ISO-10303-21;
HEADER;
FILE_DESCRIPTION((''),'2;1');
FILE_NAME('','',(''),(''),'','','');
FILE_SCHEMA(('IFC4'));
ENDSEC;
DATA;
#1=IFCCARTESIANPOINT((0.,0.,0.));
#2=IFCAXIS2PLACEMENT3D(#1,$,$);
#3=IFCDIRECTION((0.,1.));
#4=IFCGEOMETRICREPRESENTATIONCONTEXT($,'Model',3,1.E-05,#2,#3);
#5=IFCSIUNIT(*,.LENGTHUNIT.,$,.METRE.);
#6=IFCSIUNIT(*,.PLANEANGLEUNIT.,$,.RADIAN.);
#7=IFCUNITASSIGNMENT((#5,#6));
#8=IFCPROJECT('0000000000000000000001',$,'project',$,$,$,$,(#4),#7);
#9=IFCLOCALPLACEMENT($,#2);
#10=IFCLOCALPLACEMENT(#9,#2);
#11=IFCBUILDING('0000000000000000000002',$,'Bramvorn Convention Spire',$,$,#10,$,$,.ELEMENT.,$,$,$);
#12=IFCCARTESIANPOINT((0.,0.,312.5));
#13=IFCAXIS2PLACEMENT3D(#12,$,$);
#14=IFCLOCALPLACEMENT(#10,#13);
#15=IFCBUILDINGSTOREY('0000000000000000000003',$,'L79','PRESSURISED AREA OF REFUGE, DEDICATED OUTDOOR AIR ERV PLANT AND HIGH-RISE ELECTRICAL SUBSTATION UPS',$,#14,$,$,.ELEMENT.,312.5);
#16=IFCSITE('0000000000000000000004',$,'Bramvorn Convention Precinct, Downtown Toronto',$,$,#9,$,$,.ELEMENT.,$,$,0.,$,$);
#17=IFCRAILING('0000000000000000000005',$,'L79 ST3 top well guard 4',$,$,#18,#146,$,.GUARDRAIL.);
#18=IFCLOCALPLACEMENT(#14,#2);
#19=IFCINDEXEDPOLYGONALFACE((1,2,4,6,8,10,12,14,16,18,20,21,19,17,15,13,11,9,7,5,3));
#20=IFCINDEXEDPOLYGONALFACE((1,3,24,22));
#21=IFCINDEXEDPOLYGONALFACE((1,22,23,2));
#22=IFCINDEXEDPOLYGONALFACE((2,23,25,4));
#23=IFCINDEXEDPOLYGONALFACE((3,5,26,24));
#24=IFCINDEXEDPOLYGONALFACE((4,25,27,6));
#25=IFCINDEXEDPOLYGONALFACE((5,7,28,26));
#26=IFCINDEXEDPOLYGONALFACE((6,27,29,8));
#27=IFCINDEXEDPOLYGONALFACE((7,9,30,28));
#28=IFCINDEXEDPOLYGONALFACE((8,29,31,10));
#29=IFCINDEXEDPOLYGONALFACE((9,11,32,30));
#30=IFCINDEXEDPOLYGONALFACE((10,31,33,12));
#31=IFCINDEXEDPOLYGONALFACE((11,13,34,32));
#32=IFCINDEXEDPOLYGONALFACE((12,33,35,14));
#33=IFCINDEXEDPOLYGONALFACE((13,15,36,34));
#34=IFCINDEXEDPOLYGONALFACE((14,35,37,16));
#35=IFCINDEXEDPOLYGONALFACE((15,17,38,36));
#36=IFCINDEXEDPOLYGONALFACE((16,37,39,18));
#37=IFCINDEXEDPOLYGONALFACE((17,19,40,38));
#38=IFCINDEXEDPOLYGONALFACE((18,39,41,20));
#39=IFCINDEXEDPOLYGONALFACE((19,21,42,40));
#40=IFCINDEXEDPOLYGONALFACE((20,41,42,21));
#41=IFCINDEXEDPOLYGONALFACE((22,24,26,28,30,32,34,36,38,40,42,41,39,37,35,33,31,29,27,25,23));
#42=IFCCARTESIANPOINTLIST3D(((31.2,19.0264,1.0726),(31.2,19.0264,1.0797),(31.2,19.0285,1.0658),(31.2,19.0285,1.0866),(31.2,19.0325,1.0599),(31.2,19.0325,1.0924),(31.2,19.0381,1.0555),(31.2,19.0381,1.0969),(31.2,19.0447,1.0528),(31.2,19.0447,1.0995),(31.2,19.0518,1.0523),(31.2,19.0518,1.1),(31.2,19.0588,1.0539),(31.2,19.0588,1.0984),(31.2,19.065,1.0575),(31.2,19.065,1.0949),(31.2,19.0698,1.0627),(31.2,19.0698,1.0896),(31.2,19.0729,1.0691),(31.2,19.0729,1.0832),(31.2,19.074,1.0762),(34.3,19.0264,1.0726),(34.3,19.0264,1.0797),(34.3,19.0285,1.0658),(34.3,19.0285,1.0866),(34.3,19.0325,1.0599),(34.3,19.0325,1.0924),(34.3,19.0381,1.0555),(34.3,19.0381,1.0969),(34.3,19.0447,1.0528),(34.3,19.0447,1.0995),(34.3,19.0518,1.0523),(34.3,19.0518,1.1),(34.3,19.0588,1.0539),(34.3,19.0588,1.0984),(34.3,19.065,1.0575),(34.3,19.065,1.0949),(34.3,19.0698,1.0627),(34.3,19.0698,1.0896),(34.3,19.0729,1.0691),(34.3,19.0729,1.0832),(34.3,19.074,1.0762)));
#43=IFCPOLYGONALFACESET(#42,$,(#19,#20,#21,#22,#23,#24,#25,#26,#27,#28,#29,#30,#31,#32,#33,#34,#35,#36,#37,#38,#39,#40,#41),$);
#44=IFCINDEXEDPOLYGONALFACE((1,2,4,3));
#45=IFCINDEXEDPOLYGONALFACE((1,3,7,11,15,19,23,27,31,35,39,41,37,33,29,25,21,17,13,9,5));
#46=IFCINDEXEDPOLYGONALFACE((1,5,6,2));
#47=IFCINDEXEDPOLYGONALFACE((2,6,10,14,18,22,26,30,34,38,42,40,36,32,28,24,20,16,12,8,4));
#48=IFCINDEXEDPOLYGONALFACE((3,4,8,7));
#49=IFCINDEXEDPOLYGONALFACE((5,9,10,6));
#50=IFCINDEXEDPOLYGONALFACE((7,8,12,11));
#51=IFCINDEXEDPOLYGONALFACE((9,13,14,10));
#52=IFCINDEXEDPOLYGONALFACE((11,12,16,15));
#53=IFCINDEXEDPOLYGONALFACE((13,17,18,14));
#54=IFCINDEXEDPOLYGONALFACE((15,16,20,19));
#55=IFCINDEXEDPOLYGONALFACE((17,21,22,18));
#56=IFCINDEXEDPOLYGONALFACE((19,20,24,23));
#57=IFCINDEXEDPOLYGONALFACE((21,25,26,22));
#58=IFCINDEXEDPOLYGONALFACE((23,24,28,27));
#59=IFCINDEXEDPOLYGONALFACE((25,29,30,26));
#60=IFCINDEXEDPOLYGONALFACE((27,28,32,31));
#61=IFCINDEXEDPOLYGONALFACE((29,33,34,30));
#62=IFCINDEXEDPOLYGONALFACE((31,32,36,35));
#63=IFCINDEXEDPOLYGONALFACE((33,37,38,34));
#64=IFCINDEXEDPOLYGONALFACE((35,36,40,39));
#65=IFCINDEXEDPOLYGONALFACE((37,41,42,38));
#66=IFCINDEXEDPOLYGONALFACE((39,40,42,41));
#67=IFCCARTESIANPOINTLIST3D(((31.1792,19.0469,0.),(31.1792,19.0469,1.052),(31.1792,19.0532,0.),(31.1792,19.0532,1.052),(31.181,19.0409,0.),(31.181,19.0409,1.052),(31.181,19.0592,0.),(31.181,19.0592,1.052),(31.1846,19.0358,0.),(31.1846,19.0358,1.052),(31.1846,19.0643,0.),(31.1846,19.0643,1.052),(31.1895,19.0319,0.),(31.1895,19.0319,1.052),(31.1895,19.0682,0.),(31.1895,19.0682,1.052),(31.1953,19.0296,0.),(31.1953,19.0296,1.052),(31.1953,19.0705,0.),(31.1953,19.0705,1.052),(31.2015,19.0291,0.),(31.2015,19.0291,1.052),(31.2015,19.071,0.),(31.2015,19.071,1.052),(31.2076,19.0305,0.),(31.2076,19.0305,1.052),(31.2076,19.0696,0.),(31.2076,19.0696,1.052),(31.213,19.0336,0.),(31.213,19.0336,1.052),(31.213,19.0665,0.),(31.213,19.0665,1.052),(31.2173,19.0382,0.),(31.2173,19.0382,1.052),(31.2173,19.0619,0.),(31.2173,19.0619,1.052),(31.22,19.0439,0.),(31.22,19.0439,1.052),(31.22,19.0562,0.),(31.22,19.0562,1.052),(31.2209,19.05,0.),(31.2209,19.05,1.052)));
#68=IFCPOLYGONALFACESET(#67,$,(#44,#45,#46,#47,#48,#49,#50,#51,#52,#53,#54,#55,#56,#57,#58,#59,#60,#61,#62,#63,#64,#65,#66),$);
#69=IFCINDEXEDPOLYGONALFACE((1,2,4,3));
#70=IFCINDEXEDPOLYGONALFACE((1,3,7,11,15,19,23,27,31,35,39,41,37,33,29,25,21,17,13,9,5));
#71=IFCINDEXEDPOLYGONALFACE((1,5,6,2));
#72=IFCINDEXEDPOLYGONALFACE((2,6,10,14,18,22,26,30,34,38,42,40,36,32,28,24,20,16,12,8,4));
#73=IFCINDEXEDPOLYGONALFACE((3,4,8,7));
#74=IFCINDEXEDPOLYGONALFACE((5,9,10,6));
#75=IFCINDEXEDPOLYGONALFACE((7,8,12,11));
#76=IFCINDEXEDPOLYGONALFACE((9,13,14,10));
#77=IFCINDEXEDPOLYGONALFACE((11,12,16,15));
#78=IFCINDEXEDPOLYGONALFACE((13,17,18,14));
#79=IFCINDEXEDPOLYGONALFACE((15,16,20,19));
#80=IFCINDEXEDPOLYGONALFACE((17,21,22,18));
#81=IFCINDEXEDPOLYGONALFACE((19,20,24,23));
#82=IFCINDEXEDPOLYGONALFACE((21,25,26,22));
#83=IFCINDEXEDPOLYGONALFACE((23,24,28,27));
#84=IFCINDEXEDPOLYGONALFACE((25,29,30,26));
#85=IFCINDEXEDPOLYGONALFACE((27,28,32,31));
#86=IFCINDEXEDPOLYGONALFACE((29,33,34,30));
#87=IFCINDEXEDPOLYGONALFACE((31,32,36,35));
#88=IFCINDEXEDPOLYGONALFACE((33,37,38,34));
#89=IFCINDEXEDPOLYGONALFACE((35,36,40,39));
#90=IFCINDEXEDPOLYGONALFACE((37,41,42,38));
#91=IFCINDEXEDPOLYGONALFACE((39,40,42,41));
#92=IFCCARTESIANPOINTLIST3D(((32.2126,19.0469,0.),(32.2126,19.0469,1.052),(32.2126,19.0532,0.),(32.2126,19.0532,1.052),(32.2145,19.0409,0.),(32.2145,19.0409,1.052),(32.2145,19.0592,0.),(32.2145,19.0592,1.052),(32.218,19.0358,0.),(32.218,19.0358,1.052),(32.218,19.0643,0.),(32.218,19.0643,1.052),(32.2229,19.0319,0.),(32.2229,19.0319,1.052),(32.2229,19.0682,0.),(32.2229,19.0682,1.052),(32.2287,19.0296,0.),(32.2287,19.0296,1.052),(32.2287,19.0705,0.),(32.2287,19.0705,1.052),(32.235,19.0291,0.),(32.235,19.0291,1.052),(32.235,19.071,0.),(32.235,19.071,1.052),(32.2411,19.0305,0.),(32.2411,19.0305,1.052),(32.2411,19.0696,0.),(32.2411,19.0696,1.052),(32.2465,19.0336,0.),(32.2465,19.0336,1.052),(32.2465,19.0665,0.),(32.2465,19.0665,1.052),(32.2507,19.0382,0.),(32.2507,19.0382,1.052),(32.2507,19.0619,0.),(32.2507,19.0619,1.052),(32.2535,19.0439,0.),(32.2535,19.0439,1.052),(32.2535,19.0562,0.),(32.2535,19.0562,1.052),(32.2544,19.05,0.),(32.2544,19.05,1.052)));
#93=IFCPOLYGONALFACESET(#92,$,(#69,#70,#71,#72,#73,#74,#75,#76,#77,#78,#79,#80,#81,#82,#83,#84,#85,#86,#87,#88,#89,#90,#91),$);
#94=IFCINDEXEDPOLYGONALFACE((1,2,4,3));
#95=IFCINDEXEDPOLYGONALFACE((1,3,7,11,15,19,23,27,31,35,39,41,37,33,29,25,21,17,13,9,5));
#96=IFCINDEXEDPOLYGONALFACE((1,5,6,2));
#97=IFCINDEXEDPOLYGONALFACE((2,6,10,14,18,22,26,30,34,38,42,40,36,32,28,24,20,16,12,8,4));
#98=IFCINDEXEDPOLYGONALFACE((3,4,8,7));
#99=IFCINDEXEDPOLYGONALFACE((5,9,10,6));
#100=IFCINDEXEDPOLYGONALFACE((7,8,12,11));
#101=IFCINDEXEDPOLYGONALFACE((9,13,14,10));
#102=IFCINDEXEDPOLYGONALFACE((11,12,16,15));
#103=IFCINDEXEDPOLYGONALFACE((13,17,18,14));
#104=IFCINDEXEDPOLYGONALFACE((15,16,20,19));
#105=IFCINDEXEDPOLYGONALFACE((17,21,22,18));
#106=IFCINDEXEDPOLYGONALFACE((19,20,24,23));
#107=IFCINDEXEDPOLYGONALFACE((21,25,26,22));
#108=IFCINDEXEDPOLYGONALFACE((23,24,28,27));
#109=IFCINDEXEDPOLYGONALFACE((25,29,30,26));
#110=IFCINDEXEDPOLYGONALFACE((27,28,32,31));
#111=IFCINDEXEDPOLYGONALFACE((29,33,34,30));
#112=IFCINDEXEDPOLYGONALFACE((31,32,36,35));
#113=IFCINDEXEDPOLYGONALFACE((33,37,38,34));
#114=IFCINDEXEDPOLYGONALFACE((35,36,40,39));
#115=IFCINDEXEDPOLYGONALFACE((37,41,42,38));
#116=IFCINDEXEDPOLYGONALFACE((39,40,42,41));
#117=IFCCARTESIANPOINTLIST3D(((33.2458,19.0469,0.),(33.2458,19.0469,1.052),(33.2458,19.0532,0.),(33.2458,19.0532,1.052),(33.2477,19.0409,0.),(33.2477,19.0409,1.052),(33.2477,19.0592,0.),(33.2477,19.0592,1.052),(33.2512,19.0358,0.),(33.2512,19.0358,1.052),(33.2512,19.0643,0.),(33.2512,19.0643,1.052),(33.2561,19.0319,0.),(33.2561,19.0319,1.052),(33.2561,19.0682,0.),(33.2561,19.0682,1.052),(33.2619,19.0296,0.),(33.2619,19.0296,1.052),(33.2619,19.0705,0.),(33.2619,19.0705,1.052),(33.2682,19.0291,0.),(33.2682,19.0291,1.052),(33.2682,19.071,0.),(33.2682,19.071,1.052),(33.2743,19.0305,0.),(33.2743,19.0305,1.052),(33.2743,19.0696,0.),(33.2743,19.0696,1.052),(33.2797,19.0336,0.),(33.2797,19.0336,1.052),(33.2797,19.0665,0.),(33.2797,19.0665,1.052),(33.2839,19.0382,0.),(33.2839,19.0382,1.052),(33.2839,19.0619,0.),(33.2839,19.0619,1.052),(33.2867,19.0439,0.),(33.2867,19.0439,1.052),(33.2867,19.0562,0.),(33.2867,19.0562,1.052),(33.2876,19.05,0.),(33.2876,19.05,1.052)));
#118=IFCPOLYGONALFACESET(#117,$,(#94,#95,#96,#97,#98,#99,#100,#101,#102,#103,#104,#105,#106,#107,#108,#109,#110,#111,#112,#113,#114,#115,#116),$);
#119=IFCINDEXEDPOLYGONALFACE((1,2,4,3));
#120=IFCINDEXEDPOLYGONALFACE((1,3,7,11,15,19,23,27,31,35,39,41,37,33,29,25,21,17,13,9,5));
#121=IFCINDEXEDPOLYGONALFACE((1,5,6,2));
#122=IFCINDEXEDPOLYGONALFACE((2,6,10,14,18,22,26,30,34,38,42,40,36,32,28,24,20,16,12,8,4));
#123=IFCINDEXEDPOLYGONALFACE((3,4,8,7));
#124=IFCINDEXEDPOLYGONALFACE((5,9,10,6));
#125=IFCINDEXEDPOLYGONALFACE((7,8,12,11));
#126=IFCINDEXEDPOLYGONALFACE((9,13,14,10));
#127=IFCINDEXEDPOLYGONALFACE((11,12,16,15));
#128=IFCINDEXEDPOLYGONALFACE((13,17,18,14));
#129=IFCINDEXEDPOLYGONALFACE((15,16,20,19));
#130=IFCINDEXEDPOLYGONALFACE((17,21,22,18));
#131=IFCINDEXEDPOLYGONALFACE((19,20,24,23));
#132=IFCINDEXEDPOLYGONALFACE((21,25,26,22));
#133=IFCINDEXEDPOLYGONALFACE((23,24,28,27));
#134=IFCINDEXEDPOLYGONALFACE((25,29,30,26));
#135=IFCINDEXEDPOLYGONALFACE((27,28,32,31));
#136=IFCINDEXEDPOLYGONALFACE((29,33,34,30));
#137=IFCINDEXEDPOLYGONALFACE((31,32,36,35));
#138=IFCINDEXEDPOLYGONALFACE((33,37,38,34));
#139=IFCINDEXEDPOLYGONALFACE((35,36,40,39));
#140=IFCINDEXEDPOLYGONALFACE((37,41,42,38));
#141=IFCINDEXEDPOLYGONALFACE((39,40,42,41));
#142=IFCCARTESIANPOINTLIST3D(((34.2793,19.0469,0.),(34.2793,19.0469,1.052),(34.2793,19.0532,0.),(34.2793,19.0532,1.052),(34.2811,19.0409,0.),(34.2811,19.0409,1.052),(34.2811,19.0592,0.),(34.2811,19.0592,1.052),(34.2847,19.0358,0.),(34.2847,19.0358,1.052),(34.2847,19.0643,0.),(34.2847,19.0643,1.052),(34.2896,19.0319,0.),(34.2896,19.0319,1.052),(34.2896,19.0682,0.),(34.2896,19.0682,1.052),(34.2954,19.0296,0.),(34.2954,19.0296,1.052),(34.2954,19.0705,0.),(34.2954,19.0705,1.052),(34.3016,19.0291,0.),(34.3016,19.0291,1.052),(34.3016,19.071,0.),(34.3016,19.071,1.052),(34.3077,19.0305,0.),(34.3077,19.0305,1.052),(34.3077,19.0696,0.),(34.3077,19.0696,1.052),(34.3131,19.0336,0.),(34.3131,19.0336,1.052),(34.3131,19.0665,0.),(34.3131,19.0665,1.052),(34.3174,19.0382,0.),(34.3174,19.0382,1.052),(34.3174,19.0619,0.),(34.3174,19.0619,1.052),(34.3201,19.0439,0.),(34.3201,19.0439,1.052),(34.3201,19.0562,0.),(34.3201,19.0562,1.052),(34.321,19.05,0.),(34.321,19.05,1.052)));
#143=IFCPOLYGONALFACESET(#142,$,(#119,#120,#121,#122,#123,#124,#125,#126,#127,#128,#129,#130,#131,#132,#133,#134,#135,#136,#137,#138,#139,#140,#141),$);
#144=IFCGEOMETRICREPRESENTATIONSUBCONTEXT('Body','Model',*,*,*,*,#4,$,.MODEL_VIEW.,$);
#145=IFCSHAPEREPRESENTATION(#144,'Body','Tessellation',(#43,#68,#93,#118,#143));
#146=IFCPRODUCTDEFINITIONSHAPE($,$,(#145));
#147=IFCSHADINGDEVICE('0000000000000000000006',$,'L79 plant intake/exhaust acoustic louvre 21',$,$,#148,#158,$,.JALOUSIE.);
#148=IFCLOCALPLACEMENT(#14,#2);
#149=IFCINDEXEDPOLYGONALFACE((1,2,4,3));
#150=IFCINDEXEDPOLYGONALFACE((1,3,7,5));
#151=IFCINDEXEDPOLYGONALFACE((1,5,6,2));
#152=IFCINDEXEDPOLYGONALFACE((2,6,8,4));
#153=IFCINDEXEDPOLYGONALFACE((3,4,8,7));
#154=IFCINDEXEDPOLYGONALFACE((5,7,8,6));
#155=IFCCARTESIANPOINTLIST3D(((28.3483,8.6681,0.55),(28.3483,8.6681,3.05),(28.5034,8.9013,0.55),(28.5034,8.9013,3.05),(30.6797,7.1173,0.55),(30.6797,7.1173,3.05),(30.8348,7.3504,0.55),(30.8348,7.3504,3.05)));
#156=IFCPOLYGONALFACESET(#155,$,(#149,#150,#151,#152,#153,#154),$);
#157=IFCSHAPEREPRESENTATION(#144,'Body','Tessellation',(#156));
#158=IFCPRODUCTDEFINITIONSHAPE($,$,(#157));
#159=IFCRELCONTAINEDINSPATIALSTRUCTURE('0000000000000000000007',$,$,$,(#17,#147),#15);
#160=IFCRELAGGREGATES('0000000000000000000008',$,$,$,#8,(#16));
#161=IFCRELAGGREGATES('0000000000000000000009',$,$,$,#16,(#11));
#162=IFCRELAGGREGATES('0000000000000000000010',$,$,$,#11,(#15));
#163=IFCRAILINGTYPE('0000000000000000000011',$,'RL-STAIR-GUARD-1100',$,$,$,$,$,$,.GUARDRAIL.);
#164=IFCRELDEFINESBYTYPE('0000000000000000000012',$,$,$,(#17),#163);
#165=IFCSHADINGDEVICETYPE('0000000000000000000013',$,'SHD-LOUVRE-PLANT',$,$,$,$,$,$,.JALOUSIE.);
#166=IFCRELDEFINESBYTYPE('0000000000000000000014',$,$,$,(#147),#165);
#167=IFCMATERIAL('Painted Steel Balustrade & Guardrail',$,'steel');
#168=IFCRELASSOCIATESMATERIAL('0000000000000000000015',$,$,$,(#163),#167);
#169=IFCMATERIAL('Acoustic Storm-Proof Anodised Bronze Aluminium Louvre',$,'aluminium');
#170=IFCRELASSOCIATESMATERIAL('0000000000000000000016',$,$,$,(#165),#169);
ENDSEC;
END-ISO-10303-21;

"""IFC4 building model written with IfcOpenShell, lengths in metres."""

from ifc_helpers import new_model, si_unit, direction, frame, origin, origin_2d, place, context, subcontext, project, spatial, rectangle, circle, extrude, material, type_object, element, save


model = new_model("IFC4")

# Units and contexts
model_context = context("Model", 3, precision=1e-05, world=origin(), true_north=direction((0.0, 1.0)))
body_context = subcontext(model_context, "Body", "Model", "MODEL_VIEW")
ifc_project = project(units=[si_unit("LENGTHUNIT", "METRE"), si_unit("PLANEANGLEUNIT", "RADIAN")], contexts=[model_context])

# Site, building, storey
site_placement = place(None, origin())
site = spatial("IfcSite", under=ifc_project, at=site_placement, Name="Bramvorn Convention Precinct, Downtown Toronto", CompositionType="ELEMENT", RefElevation=0.0)
building_placement = place(site_placement, origin())
building = spatial("IfcBuilding", under=site, at=building_placement, Name="Bramvorn Convention Spire", CompositionType="ELEMENT")
storey_placement = place(building_placement, frame((0.0, 0.0, 312.5)))
storey = spatial("IfcBuildingStorey", under=building, at=storey_placement, Name="L79", Description="PRESSURISED AREA OF REFUGE, DEDICATED OUTDOOR AIR ERV PLANT AND HIGH-RISE ELECTRICAL SUBSTATION UPS", CompositionType="ELEMENT", Elevation=312.5)

# Railing
ifc_material_1 = material(Name="Painted Steel Balustrade & Guardrail", Category="steel")
railing_type = type_object("IfcRailingType", Name="RL-STAIR-GUARD-1100", PredefinedType="GUARDRAIL", material=ifc_material_1)
railing_1_placement = place(storey_placement, frame((31.2, 19.05, 0.0)))
element("IfcRailing", 1, at=railing_1_placement, inside=storey, type_object=railing_type, Name="L79 ST3 top well guard 4", PredefinedType="GUARDRAIL", context=body_context, shape_type="SweptSolid", body=[
    extrude(circle(Radius=0.0239, at=origin_2d()), frame((0.0, 0.0, 1.0762), z_axis=(1.0, 0.0, 0.0), x_axis=(0.0, 1.0, 0.0)), (0.0, 0.0, 1.0), 3.1001),
    extrude(circle(Radius=0.021, at=origin_2d()), origin(), (0.0, 0.0, 1.0), 1.052),
    extrude(circle(Radius=0.021, at=origin_2d()), frame((1.0334, 0.0, 0.0)), (0.0, 0.0, 1.0), 1.052),
    extrude(circle(Radius=0.021, at=origin_2d()), frame((2.0667, 0.0, 0.0)), (0.0, 0.0, 1.0), 1.052),
    extrude(circle(Radius=0.021, at=origin_2d()), frame((3.1001, 0.0, 0.0)), (0.0, 0.0, 1.0), 1.052),
])

# Shading device
ifc_material_2 = material(Name="Acoustic Storm-Proof Anodised Bronze Aluminium Louvre", Category="aluminium")
shading_device_type = type_object("IfcShadingDeviceType", Name="SHD-LOUVRE-PLANT", PredefinedType="JALOUSIE", material=ifc_material_2)
shading_device_placement = place(storey_placement, frame((29.5916, 8.0093, 0.55), z_axis=(0.0, 0.0, 1.0), x_axis=(-0.832609, 0.553861, 0.0)))
element("IfcShadingDevice", 2, at=shading_device_placement, inside=storey, type_object=shading_device_type, Name="L79 plant intake/exhaust acoustic louvre 21", PredefinedType="JALOUSIE", context=body_context, shape_type="SweptSolid", body=[
    extrude(rectangle(XDim=2.8, YDim=0.28, at=origin_2d()), origin(), (0.0, 0.0, 1.0), 2.5),
])

save(model, "model.ifc")
